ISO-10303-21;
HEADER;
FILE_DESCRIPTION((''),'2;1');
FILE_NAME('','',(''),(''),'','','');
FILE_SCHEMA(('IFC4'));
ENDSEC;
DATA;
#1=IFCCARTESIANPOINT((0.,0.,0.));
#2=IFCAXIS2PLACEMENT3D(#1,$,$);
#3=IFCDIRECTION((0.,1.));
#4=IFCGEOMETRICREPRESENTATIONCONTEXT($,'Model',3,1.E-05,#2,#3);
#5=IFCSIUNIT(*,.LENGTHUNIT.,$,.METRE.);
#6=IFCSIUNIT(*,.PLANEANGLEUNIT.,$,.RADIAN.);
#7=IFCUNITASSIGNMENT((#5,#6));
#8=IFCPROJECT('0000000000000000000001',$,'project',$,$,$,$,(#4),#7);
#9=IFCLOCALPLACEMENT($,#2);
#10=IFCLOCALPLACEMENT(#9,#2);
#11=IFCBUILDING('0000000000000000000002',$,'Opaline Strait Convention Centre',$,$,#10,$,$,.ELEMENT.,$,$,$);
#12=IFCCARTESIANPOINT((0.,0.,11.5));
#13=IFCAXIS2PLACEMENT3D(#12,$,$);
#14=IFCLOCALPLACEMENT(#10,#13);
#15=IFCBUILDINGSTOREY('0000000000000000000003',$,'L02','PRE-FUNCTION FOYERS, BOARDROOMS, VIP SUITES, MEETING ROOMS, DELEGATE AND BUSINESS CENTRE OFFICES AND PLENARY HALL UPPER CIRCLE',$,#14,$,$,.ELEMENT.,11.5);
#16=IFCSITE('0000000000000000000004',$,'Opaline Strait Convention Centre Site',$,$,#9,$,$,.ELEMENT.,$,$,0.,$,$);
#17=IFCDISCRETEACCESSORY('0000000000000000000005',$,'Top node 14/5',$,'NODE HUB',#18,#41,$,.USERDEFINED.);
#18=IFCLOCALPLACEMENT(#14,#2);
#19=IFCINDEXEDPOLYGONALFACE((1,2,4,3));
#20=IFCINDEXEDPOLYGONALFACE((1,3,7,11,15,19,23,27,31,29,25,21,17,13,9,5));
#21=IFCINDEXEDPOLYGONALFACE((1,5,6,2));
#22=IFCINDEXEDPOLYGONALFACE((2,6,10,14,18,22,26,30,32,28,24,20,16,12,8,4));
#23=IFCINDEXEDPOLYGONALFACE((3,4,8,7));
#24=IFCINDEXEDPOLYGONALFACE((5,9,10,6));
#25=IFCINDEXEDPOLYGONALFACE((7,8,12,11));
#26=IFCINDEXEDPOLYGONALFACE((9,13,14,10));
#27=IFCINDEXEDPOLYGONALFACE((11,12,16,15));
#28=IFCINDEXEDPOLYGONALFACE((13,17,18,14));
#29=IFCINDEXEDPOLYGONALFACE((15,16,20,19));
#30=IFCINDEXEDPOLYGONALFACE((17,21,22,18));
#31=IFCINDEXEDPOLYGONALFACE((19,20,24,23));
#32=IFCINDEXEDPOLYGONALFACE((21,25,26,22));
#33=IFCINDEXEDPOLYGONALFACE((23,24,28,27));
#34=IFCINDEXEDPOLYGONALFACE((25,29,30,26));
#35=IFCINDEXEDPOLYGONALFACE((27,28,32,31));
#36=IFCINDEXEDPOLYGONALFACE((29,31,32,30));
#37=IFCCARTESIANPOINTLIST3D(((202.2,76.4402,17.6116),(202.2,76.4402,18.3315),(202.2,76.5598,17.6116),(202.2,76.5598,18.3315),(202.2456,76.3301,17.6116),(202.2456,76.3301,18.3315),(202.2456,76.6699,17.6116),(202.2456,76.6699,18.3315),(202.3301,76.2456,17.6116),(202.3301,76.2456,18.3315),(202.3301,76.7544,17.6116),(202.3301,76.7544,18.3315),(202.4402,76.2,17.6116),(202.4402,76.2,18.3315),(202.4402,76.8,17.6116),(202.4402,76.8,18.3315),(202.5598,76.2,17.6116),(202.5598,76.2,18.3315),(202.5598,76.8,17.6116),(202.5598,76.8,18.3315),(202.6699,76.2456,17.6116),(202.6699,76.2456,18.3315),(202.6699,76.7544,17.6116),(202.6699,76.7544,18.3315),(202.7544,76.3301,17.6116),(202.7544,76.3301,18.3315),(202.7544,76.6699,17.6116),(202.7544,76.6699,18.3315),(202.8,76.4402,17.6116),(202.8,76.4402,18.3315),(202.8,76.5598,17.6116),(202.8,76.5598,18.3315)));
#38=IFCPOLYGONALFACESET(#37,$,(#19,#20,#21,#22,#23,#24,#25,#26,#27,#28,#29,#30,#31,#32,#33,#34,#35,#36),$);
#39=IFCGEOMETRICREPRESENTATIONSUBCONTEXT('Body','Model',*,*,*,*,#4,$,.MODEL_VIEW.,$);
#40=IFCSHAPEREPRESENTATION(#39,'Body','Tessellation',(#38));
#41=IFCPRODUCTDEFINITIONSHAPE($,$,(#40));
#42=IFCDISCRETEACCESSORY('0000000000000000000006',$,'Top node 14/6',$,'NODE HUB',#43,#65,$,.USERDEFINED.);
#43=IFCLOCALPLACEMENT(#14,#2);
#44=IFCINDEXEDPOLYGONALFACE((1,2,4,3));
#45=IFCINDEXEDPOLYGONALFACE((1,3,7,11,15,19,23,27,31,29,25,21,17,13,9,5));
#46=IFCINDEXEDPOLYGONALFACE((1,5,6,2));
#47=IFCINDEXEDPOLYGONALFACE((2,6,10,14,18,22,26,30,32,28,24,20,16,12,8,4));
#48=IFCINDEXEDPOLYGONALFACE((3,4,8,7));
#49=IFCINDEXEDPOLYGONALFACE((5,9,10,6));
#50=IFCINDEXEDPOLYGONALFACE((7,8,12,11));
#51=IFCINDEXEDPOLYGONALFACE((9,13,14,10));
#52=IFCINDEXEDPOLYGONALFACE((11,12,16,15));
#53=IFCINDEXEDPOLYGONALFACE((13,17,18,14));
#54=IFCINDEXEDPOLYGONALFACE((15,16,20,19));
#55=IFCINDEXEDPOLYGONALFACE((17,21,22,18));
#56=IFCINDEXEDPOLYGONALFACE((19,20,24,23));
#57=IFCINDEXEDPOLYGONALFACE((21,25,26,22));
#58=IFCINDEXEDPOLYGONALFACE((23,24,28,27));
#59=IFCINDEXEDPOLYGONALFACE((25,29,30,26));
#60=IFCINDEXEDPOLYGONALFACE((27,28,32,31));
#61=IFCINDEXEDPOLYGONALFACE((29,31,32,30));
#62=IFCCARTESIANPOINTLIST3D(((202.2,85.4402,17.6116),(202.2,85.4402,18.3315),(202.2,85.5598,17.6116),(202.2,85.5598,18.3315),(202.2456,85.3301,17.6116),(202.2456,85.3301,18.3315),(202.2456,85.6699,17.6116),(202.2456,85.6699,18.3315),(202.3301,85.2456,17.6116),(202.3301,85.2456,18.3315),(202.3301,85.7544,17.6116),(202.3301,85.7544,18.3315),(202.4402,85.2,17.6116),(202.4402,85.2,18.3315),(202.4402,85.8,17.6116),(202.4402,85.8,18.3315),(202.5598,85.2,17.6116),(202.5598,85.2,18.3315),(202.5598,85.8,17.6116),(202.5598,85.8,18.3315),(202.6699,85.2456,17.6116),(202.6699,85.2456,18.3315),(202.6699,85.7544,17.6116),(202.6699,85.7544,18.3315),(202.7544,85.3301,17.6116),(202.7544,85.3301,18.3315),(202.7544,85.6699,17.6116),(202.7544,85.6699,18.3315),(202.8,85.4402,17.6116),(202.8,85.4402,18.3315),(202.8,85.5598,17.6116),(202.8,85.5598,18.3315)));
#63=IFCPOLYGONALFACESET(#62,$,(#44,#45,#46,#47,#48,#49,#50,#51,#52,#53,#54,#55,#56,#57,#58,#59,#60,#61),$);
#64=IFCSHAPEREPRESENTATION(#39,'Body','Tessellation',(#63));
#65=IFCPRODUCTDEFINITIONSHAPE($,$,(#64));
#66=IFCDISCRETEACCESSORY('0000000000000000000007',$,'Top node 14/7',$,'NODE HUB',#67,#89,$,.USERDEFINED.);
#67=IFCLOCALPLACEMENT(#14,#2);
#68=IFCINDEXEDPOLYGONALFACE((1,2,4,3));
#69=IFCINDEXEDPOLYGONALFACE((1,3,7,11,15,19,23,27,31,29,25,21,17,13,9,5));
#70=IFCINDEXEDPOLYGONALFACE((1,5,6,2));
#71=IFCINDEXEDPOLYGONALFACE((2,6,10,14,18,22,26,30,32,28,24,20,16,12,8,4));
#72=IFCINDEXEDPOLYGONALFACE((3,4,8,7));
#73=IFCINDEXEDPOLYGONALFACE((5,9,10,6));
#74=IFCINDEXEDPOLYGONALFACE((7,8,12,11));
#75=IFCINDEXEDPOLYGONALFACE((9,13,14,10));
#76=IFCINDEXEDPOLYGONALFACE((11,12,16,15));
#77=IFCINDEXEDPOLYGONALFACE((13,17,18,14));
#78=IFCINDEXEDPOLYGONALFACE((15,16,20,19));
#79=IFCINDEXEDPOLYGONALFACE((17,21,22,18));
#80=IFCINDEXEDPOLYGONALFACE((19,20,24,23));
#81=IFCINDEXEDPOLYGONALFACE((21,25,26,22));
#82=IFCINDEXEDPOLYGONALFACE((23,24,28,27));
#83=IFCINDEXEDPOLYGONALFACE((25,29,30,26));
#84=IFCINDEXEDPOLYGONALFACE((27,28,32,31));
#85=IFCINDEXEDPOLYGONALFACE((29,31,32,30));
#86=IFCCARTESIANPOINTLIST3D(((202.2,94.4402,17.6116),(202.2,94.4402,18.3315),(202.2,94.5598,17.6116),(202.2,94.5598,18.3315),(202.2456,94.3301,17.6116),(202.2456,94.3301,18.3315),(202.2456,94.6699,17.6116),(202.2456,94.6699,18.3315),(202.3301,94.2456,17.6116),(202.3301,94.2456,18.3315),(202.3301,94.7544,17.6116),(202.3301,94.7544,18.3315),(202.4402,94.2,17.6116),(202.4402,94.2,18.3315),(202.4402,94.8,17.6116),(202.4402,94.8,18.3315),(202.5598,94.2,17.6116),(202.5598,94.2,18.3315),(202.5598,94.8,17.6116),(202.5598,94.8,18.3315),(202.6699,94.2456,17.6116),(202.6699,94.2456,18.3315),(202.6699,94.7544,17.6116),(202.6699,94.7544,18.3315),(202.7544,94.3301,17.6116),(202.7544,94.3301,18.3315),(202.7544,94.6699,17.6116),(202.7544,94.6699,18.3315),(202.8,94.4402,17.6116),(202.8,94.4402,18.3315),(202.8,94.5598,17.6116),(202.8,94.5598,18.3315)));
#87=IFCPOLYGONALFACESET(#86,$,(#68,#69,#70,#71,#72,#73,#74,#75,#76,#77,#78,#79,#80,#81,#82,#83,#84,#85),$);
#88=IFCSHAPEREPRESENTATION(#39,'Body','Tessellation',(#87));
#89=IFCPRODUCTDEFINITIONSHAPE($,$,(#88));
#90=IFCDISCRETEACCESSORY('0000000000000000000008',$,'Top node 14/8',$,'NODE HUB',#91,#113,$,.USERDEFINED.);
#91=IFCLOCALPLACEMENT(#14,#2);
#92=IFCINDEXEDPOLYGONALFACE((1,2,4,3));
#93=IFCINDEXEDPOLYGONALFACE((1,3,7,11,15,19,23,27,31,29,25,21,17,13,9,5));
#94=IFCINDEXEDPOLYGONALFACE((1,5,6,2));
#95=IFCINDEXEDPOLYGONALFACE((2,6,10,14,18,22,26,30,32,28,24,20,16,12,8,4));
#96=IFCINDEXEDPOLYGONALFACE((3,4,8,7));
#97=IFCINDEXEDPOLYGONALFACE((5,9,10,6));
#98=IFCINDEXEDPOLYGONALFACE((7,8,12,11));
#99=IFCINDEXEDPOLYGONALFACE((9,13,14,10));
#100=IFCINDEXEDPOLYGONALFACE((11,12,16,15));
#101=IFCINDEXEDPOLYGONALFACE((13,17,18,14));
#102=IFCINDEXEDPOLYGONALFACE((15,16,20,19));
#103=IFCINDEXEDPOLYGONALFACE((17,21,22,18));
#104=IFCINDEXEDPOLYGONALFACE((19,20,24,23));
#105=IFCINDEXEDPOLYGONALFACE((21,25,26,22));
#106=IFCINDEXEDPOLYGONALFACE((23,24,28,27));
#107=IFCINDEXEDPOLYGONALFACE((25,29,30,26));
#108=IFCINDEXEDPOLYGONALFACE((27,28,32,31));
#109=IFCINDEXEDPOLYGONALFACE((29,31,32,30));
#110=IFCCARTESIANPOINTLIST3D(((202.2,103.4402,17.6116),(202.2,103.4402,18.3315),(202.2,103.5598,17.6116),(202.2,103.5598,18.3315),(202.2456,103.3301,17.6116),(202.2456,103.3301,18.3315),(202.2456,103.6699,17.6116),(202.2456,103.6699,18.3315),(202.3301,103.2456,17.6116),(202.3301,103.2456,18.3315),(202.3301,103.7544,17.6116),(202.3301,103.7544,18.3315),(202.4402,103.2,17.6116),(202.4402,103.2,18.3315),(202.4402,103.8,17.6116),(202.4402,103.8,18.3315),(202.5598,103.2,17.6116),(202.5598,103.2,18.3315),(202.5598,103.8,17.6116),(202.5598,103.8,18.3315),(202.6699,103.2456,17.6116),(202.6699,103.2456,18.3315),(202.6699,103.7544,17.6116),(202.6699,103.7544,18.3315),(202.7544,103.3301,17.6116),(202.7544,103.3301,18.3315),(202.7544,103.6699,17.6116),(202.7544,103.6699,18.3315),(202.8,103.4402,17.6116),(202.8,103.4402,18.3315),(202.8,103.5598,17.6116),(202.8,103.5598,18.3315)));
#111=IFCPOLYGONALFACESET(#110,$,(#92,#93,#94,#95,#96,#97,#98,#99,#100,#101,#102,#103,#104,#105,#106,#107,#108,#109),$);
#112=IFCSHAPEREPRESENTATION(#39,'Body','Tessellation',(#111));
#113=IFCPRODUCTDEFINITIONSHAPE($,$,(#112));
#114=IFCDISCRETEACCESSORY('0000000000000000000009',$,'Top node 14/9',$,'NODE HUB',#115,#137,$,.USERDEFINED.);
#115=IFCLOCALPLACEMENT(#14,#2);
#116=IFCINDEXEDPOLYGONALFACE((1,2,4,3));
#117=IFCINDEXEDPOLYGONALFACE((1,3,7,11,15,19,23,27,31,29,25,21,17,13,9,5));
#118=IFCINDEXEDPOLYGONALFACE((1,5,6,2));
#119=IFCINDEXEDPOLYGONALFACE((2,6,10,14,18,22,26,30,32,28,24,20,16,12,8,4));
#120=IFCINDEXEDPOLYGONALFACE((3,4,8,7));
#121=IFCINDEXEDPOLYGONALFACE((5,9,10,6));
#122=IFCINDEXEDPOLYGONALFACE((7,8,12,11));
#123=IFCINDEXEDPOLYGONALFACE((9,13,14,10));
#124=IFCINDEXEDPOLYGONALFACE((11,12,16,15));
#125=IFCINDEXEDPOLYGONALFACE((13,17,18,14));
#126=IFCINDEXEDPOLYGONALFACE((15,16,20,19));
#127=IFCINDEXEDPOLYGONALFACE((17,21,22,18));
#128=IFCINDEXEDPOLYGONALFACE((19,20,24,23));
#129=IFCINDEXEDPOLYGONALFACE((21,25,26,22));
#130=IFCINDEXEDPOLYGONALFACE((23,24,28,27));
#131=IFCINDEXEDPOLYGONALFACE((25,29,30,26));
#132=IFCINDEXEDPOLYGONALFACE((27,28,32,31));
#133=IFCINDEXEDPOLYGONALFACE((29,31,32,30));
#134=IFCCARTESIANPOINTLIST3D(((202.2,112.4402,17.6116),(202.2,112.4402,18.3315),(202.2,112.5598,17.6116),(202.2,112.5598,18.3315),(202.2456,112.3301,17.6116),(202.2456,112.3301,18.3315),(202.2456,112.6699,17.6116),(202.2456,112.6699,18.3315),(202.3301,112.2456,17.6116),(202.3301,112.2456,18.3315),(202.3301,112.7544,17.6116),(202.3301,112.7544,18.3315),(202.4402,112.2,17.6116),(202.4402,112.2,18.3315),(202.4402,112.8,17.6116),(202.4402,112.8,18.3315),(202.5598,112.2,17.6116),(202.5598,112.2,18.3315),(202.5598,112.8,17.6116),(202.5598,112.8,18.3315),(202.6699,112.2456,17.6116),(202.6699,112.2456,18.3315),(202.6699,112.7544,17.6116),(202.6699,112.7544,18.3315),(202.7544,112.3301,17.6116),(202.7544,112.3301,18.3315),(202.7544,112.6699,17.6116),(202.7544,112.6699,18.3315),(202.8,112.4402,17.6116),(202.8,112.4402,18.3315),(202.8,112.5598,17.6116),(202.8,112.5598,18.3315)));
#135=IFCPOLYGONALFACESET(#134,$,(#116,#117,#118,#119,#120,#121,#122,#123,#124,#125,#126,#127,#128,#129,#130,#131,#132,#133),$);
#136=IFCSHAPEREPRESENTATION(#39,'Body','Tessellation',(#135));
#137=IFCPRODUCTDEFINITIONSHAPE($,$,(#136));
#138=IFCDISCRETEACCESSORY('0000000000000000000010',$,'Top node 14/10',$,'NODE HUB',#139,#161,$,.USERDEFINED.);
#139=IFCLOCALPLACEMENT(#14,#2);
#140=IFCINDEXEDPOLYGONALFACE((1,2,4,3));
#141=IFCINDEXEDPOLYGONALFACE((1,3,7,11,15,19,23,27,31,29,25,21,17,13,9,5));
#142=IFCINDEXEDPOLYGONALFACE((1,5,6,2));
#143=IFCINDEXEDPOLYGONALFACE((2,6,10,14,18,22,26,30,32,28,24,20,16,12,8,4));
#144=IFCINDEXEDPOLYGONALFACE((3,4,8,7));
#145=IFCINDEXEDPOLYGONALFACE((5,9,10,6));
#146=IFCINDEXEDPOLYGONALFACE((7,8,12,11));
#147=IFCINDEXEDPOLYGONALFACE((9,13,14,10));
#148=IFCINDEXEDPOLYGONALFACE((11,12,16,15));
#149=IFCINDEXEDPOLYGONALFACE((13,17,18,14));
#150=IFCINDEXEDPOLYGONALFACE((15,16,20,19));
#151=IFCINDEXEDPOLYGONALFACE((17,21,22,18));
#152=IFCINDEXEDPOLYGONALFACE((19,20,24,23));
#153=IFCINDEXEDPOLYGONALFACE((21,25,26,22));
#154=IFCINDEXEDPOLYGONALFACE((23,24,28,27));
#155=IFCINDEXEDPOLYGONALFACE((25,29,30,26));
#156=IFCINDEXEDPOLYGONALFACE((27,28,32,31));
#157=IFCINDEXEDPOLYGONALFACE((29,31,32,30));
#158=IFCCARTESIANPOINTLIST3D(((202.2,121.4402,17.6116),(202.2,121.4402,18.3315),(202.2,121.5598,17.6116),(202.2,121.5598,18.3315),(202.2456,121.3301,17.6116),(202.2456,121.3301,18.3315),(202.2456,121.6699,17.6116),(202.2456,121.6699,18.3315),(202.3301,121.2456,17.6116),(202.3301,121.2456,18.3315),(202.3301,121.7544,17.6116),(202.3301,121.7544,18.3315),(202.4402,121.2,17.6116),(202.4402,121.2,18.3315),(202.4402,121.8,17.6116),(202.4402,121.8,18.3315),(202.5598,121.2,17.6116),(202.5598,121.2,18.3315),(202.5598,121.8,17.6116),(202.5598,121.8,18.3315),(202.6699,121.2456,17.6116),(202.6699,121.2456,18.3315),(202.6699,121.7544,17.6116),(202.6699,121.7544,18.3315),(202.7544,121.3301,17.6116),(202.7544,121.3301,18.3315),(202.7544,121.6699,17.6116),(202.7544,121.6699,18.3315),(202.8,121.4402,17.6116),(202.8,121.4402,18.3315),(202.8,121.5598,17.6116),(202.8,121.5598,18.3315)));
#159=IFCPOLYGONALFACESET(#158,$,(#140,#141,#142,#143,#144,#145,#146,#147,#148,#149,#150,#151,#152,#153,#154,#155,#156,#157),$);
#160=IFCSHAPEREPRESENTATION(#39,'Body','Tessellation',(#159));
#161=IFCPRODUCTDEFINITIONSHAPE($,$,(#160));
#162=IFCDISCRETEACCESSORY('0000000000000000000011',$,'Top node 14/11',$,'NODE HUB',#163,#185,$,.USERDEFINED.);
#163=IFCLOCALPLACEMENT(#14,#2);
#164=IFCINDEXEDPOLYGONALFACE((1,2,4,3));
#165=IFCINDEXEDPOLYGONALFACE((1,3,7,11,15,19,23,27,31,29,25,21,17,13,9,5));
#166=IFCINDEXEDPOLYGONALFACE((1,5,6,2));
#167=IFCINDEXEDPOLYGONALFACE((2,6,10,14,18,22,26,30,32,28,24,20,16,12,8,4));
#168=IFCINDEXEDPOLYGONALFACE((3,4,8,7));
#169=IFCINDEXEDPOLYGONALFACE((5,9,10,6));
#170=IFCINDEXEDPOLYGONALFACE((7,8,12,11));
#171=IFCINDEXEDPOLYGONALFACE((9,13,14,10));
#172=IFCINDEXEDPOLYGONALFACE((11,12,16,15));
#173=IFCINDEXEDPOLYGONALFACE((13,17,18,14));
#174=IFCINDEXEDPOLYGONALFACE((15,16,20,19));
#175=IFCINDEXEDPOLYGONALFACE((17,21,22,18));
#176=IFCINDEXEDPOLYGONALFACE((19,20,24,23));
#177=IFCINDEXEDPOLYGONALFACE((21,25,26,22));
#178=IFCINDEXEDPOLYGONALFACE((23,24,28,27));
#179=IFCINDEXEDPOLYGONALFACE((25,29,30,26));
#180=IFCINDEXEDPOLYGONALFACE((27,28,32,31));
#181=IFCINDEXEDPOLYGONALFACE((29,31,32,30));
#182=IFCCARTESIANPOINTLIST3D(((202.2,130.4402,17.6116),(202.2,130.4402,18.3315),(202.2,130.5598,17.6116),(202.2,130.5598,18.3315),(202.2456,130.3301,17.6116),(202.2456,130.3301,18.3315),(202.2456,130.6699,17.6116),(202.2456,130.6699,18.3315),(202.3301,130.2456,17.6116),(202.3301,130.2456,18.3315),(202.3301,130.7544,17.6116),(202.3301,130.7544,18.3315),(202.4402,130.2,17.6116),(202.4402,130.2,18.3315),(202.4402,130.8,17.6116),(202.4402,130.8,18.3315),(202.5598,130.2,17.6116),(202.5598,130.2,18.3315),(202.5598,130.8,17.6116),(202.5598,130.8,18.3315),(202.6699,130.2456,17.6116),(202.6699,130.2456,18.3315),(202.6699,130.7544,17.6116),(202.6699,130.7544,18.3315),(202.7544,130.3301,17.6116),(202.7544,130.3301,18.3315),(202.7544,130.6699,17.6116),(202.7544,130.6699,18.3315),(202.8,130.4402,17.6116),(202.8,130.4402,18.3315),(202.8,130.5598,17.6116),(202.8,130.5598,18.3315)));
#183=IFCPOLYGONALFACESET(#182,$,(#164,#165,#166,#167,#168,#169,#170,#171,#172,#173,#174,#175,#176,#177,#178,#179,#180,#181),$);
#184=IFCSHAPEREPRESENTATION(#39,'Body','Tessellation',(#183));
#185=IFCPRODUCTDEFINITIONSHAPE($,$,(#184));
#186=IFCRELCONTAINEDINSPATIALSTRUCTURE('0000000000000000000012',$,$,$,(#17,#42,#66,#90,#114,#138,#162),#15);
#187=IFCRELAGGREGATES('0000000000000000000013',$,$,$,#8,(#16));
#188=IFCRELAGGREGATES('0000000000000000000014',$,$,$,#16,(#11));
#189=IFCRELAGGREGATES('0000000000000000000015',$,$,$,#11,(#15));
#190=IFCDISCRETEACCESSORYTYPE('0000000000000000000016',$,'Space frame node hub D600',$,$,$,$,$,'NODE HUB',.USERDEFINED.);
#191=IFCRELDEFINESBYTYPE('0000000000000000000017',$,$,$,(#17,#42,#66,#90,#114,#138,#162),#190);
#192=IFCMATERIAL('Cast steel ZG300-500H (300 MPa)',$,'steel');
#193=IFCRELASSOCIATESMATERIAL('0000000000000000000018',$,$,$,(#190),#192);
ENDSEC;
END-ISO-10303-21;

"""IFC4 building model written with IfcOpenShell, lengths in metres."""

from ifc_helpers import new_model, si_unit, direction, frame, origin, place, context, subcontext, project, spatial, polyline, outline, extrude, material, type_object, element, save


model = new_model("IFC4")

# Units and contexts
model_context = context("Model", 3, precision=1e-05, world=origin(), true_north=direction((0.0, 1.0)))
body_context = subcontext(model_context, "Body", "Model", "MODEL_VIEW")
ifc_project = project(units=[si_unit("LENGTHUNIT", "METRE"), si_unit("PLANEANGLEUNIT", "RADIAN")], contexts=[model_context])

# Site, building, storey
site_placement = place(None, origin())
site = spatial("IfcSite", under=ifc_project, at=site_placement, Name="Opaline Strait Convention Centre Site", CompositionType="ELEMENT", RefElevation=0.0)
building_placement = place(site_placement, origin())
building = spatial("IfcBuilding", under=site, at=building_placement, Name="Opaline Strait Convention Centre", CompositionType="ELEMENT")
storey_placement = place(building_placement, frame((0.0, 0.0, 11.5)))
storey = spatial("IfcBuildingStorey", under=building, at=storey_placement, Name="L02", Description="PRE-FUNCTION FOYERS, BOARDROOMS, VIP SUITES, MEETING ROOMS, DELEGATE AND BUSINESS CENTRE OFFICES AND PLENARY HALL UPPER CIRCLE", CompositionType="ELEMENT", Elevation=11.5)

# Discrete accessories
ifc_material = material(Name="Cast steel ZG300-500H (300 MPa)", Category="steel")
discrete_accessory_type = type_object("IfcDiscreteAccessoryType", Name="Space frame node hub D600", ElementType="NODE HUB", PredefinedType="USERDEFINED", material=ifc_material)
discrete_accessory_1_placement = place(storey_placement, frame((0.0, 0.0, 17.6116)))
element("IfcDiscreteAccessory", 1, at=discrete_accessory_1_placement, inside=storey, type_object=discrete_accessory_type, Name="Top node 14/5", ObjectType="NODE HUB", PredefinedType="USERDEFINED", context=body_context, shape_type="SweptSolid", body=[
    extrude(outline(polyline([(202.8, 76.5598), (202.7544, 76.6699), (202.6699, 76.7544), (202.5598, 76.8), (202.4402, 76.8), (202.3301, 76.7544), (202.2456, 76.6699), (202.2, 76.5598), (202.2, 76.4402), (202.2456, 76.3301), (202.3301, 76.2456), (202.4402, 76.2), (202.5598, 76.2), (202.6699, 76.2456), (202.7544, 76.3301), (202.8, 76.4402), (202.8, 76.5598)])), origin(), (0.0, 0.0, 1.0), 0.72),
])
discrete_accessory_2_placement = place(storey_placement, frame((0.0, 0.0, 17.6116)))
element("IfcDiscreteAccessory", 2, at=discrete_accessory_2_placement, inside=storey, type_object=discrete_accessory_type, Name="Top node 14/6", ObjectType="NODE HUB", PredefinedType="USERDEFINED", context=body_context, shape_type="SweptSolid", body=[
    extrude(outline(polyline([(202.8, 85.5598), (202.7544, 85.6699), (202.6699, 85.7544), (202.5598, 85.8), (202.4402, 85.8), (202.3301, 85.7544), (202.2456, 85.6699), (202.2, 85.5598), (202.2, 85.4402), (202.2456, 85.3301), (202.3301, 85.2456), (202.4402, 85.2), (202.5598, 85.2), (202.6699, 85.2456), (202.7544, 85.3301), (202.8, 85.4402), (202.8, 85.5598)])), origin(), (0.0, 0.0, 1.0), 0.72),
])
discrete_accessory_3_placement = place(storey_placement, frame((0.0, 0.0, 17.6116)))
element("IfcDiscreteAccessory", 3, at=discrete_accessory_3_placement, inside=storey, type_object=discrete_accessory_type, Name="Top node 14/7", ObjectType="NODE HUB", PredefinedType="USERDEFINED", context=body_context, shape_type="SweptSolid", body=[
    extrude(outline(polyline([(202.8, 94.5598), (202.7544, 94.6699), (202.6699, 94.7544), (202.5598, 94.8), (202.4402, 94.8), (202.3301, 94.7544), (202.2456, 94.6699), (202.2, 94.5598), (202.2, 94.4402), (202.2456, 94.3301), (202.3301, 94.2456), (202.4402, 94.2), (202.5598, 94.2), (202.6699, 94.2456), (202.7544, 94.3301), (202.8, 94.4402), (202.8, 94.5598)])), origin(), (0.0, 0.0, 1.0), 0.72),
])
discrete_accessory_4_placement = place(storey_placement, frame((0.0, 0.0, 17.6116)))
element("IfcDiscreteAccessory", 4, at=discrete_accessory_4_placement, inside=storey, type_object=discrete_accessory_type, Name="Top node 14/8", ObjectType="NODE HUB", PredefinedType="USERDEFINED", context=body_context, shape_type="SweptSolid", body=[
    extrude(outline(polyline([(202.8, 103.5598), (202.7544, 103.6699), (202.6699, 103.7544), (202.5598, 103.8), (202.4402, 103.8), (202.3301, 103.7544), (202.2456, 103.6699), (202.2, 103.5598), (202.2, 103.4402), (202.2456, 103.3301), (202.3301, 103.2456), (202.4402, 103.2), (202.5598, 103.2), (202.6699, 103.2456), (202.7544, 103.3301), (202.8, 103.4402), (202.8, 103.5598)])), origin(), (0.0, 0.0, 1.0), 0.72),
])
discrete_accessory_5_placement = place(storey_placement, frame((0.0, 0.0, 17.6116)))
element("IfcDiscreteAccessory", 5, at=discrete_accessory_5_placement, inside=storey, type_object=discrete_accessory_type, Name="Top node 14/9", ObjectType="NODE HUB", PredefinedType="USERDEFINED", context=body_context, shape_type="SweptSolid", body=[
    extrude(outline(polyline([(202.8, 112.5598), (202.7544, 112.6699), (202.6699, 112.7544), (202.5598, 112.8), (202.4402, 112.8), (202.3301, 112.7544), (202.2456, 112.6699), (202.2, 112.5598), (202.2, 112.4402), (202.2456, 112.3301), (202.3301, 112.2456), (202.4402, 112.2), (202.5598, 112.2), (202.6699, 112.2456), (202.7544, 112.3301), (202.8, 112.4402), (202.8, 112.5598)])), origin(), (0.0, 0.0, 1.0), 0.72),
])
discrete_accessory_6_placement = place(storey_placement, frame((0.0, 0.0, 17.6116)))
element("IfcDiscreteAccessory", 6, at=discrete_accessory_6_placement, inside=storey, type_object=discrete_accessory_type, Name="Top node 14/10", ObjectType="NODE HUB", PredefinedType="USERDEFINED", context=body_context, shape_type="SweptSolid", body=[
    extrude(outline(polyline([(202.8, 121.5598), (202.7544, 121.6699), (202.6699, 121.7544), (202.5598, 121.8), (202.4402, 121.8), (202.3301, 121.7544), (202.2456, 121.6699), (202.2, 121.5598), (202.2, 121.4402), (202.2456, 121.3301), (202.3301, 121.2456), (202.4402, 121.2), (202.5598, 121.2), (202.6699, 121.2456), (202.7544, 121.3301), (202.8, 121.4402), (202.8, 121.5598)])), origin(), (0.0, 0.0, 1.0), 0.72),
])
discrete_accessory_7_placement = place(storey_placement, frame((0.0, 0.0, 17.6116)))
element("IfcDiscreteAccessory", 7, at=discrete_accessory_7_placement, inside=storey, type_object=discrete_accessory_type, Name="Top node 14/11", ObjectType="NODE HUB", PredefinedType="USERDEFINED", context=body_context, shape_type="SweptSolid", body=[
    extrude(outline(polyline([(202.8, 130.5598), (202.7544, 130.6699), (202.6699, 130.7544), (202.5598, 130.8), (202.4402, 130.8), (202.3301, 130.7544), (202.2456, 130.6699), (202.2, 130.5598), (202.2, 130.4402), (202.2456, 130.3301), (202.3301, 130.2456), (202.4402, 130.2), (202.5598, 130.2), (202.6699, 130.2456), (202.7544, 130.3301), (202.8, 130.4402), (202.8, 130.5598)])), origin(), (0.0, 0.0, 1.0), 0.72),
])

save(model, "model.ifc")
